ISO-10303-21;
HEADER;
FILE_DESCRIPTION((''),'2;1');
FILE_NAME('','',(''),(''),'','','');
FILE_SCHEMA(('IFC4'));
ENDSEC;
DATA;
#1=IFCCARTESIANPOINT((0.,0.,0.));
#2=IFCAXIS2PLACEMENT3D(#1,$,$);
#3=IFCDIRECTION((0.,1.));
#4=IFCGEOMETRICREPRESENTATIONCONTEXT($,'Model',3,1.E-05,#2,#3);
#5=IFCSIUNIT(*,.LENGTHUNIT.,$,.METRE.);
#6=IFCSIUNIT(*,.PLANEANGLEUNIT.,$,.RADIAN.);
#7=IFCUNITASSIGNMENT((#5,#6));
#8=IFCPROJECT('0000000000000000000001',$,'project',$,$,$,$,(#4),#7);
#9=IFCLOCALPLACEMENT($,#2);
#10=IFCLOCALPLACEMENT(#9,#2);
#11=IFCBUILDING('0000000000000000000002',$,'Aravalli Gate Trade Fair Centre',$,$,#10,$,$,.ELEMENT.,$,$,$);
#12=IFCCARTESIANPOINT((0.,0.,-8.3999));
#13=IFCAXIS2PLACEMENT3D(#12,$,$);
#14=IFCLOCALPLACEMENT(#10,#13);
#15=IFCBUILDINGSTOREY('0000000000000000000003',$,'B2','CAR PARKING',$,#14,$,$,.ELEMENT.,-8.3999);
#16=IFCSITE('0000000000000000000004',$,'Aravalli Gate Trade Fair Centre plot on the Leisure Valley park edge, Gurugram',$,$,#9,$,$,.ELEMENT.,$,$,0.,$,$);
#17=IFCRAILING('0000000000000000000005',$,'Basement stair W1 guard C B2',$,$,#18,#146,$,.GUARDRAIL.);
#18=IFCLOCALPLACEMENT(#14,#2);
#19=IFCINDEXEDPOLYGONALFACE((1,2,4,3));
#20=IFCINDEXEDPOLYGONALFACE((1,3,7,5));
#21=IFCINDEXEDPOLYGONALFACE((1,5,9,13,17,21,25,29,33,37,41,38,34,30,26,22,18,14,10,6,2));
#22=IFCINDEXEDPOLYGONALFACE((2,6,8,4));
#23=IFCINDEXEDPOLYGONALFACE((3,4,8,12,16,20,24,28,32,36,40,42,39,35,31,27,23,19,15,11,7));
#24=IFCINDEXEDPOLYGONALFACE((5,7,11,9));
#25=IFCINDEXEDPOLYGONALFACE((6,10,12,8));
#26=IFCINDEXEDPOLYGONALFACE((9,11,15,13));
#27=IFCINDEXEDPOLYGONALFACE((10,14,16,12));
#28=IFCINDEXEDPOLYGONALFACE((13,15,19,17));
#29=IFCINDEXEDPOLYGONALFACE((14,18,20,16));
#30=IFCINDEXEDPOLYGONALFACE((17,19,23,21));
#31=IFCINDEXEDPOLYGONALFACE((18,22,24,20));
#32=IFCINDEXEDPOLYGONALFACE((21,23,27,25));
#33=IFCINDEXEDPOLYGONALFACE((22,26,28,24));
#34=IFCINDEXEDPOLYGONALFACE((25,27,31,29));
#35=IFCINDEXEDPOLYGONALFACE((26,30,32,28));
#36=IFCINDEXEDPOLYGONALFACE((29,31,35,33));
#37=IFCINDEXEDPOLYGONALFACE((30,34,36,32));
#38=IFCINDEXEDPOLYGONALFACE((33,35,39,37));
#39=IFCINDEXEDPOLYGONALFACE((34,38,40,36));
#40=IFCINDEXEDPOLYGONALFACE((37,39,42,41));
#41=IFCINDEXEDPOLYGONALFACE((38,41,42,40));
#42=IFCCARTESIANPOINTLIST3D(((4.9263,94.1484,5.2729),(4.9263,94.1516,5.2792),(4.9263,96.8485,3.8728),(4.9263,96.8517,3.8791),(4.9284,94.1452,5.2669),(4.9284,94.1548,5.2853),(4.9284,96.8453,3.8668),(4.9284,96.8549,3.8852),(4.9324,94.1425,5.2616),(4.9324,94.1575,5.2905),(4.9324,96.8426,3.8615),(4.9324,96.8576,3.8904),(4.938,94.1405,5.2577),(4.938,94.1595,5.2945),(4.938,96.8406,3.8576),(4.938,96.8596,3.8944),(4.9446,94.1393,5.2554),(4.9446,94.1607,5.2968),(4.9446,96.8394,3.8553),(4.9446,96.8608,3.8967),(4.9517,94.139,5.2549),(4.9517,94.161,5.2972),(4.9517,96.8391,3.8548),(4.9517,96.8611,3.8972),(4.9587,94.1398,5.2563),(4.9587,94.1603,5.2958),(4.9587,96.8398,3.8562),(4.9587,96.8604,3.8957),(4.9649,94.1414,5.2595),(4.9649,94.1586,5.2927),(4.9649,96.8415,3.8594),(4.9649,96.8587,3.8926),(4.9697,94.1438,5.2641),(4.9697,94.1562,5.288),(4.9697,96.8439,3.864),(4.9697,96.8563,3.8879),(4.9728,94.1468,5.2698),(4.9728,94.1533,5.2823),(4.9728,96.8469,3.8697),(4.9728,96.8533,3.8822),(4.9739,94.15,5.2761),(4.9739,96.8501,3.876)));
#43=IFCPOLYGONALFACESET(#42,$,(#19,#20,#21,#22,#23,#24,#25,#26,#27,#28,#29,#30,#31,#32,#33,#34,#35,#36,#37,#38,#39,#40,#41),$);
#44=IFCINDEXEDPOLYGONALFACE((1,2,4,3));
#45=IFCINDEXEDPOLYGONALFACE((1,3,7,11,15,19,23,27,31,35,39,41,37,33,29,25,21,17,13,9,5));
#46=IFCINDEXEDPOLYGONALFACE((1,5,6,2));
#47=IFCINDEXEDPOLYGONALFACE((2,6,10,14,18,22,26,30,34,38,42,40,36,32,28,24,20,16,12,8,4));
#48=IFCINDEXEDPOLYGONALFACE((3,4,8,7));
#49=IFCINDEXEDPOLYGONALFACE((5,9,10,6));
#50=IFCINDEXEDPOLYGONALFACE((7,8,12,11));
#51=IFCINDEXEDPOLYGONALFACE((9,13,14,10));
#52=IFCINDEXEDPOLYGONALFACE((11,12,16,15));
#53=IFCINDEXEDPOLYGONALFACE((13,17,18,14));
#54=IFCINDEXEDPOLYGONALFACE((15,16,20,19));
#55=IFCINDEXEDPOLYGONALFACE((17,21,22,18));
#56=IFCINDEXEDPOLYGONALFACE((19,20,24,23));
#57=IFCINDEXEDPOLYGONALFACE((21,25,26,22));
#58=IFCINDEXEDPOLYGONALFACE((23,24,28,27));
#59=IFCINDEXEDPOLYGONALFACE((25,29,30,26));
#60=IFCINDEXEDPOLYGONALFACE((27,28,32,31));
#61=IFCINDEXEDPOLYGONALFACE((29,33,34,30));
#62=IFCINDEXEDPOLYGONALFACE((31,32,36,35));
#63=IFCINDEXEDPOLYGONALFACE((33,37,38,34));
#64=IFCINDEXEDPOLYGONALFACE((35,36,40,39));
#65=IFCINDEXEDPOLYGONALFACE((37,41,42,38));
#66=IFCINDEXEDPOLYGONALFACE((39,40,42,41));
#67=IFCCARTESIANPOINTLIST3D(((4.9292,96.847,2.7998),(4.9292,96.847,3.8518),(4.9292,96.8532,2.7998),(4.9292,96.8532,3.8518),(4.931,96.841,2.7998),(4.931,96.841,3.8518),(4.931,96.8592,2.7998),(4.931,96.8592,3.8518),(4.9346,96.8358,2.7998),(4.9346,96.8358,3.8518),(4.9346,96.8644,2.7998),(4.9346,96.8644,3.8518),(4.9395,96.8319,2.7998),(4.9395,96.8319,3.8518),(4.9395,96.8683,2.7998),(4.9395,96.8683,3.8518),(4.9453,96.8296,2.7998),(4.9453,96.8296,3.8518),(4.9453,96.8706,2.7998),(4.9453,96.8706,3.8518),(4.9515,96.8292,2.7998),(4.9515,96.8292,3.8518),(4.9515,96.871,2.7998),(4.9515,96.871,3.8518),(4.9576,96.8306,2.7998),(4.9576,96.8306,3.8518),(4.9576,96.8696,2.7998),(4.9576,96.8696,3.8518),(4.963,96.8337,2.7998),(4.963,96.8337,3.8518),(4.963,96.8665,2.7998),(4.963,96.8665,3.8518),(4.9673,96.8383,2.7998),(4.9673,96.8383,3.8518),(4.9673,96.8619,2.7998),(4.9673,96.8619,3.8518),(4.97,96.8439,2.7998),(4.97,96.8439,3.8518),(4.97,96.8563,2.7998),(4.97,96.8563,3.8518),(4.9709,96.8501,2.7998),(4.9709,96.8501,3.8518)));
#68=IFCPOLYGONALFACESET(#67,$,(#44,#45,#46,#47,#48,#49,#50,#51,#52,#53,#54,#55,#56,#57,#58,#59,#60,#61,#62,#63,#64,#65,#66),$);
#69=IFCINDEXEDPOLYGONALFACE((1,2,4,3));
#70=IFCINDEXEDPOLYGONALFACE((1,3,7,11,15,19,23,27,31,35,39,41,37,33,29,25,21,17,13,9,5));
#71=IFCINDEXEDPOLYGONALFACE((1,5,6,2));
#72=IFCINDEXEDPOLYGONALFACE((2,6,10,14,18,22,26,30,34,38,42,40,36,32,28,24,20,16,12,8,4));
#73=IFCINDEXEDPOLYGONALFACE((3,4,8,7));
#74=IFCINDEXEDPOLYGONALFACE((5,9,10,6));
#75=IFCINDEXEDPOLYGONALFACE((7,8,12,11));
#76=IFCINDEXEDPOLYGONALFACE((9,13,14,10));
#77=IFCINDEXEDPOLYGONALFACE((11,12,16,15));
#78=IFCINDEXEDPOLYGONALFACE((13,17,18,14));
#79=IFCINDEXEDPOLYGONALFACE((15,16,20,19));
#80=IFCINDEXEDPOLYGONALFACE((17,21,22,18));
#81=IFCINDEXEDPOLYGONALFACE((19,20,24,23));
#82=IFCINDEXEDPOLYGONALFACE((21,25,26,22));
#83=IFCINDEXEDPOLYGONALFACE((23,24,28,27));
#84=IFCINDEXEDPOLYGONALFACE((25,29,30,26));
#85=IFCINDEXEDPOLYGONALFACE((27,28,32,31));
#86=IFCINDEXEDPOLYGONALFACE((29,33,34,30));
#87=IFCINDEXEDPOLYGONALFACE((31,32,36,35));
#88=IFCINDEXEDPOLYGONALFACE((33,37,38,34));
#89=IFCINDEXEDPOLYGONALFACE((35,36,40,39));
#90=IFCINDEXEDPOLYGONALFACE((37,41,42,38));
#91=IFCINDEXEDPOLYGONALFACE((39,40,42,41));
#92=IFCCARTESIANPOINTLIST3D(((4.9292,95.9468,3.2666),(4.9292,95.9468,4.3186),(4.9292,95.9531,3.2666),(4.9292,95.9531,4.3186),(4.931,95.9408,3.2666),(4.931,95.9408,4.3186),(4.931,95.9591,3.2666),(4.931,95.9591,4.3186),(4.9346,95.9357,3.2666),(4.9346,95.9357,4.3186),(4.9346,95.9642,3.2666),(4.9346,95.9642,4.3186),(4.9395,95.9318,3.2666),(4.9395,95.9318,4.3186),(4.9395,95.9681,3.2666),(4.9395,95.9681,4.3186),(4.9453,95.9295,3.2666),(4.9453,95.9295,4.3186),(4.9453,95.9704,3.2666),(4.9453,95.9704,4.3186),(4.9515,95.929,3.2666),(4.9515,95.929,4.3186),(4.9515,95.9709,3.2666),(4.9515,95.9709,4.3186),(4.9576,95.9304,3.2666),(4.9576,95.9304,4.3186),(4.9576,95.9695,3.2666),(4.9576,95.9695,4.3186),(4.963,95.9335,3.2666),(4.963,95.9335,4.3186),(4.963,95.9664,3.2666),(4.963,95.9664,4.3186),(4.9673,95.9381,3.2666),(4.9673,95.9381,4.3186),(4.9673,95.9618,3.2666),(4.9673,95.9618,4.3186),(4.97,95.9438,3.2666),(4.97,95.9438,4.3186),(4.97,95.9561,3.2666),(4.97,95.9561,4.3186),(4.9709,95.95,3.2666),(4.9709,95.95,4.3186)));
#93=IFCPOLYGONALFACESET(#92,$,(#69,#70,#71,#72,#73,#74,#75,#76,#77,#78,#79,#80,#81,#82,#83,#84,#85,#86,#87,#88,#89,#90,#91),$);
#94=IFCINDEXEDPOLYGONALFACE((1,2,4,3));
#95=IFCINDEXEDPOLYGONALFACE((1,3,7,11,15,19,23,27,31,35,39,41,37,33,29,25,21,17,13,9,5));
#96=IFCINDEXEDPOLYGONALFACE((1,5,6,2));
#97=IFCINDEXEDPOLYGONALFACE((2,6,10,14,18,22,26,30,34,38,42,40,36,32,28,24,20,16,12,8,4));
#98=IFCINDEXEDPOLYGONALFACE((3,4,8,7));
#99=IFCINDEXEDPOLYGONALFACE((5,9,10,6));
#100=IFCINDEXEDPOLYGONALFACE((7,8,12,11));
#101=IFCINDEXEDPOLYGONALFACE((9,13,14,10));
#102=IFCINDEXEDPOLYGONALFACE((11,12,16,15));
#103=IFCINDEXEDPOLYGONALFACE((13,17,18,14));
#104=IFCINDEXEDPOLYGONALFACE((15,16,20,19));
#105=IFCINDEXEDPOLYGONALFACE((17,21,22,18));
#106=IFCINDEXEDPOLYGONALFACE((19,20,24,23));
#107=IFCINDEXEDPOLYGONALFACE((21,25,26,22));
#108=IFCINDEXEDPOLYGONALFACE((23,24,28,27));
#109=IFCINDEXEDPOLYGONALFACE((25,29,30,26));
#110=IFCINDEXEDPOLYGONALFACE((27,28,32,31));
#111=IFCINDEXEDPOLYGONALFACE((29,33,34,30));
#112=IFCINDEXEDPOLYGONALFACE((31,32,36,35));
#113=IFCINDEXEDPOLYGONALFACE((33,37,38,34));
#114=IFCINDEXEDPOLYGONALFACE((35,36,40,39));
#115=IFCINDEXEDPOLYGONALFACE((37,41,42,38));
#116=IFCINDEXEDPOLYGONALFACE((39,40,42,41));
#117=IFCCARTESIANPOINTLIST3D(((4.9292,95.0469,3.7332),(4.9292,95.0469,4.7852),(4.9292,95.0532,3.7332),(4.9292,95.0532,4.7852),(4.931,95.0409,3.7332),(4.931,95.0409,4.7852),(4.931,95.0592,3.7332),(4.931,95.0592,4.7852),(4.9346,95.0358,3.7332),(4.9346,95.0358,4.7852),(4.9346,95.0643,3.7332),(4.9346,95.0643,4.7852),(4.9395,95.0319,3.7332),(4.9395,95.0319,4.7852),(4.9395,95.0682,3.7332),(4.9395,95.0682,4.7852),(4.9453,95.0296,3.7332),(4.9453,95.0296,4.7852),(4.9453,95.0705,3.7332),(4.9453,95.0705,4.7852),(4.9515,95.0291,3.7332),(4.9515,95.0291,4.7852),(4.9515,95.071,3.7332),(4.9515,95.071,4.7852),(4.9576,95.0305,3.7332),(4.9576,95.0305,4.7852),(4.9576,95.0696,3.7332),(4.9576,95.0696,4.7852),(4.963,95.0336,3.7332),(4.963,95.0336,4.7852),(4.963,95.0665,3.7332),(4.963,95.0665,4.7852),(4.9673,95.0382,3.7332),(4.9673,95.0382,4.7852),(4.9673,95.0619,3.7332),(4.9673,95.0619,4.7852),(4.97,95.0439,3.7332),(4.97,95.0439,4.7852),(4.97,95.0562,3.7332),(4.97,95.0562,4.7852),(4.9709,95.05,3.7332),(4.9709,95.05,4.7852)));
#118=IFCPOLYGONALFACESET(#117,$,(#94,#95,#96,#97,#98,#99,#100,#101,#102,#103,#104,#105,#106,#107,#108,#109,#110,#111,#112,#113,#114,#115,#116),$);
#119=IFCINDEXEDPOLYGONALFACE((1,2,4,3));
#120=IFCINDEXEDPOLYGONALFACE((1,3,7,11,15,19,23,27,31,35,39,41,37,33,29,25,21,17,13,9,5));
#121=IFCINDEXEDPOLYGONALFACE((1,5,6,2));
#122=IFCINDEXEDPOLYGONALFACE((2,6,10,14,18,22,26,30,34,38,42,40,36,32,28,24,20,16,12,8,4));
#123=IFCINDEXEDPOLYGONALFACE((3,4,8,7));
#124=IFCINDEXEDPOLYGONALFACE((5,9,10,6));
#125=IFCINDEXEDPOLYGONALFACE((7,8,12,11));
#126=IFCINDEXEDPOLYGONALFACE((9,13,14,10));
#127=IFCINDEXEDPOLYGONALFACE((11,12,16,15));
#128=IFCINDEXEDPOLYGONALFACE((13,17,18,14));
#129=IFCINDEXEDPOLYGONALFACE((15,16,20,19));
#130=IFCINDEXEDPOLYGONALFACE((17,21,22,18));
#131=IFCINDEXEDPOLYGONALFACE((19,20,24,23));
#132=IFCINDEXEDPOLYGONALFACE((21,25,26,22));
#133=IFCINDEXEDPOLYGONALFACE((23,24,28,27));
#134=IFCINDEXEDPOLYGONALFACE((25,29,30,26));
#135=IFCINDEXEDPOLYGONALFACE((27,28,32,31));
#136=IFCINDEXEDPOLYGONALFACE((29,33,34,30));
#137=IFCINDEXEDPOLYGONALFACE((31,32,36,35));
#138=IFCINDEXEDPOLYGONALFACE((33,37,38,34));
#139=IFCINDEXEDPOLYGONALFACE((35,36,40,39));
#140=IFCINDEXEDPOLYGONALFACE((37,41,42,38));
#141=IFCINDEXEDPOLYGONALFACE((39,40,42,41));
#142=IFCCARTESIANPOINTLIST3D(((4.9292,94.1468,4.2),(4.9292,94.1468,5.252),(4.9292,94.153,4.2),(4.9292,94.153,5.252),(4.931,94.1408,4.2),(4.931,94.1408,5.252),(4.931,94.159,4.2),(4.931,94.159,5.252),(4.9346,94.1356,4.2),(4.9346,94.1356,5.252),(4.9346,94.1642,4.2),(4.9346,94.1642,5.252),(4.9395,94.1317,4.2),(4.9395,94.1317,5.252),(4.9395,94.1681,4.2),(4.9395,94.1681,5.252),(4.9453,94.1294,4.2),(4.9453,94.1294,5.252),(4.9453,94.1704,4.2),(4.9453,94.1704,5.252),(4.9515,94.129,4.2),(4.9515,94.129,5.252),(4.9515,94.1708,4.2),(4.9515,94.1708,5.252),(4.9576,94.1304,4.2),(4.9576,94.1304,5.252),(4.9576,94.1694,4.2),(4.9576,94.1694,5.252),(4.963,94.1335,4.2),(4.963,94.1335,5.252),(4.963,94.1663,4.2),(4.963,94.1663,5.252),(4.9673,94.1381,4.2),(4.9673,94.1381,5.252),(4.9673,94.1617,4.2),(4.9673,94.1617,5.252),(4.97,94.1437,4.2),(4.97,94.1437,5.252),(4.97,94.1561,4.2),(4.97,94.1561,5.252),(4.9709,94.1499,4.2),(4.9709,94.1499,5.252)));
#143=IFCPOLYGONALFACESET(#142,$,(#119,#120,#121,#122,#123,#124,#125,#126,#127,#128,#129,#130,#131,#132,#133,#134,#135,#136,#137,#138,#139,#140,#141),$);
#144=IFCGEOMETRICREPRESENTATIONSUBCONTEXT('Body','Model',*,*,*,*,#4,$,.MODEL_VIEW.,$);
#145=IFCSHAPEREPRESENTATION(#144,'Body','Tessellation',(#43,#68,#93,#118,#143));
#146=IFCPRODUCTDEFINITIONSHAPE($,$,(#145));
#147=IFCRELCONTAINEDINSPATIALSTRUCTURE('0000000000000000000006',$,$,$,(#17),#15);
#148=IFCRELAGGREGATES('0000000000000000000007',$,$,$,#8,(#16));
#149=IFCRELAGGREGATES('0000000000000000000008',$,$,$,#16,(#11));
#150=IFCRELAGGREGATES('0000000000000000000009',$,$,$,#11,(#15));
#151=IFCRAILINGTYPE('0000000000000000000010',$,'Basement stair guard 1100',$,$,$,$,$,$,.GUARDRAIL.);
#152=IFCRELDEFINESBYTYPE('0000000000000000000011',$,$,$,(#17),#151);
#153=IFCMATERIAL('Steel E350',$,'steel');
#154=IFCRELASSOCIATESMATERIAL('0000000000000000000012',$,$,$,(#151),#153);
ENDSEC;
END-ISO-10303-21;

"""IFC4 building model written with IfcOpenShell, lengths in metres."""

from ifc_helpers import new_model, si_unit, direction, frame, origin, origin_2d, place, context, subcontext, project, spatial, circle, extrude, material, type_object, element, save


model = new_model("IFC4")

# Units and contexts
model_context = context("Model", 3, precision=1e-05, world=origin(), true_north=direction((0.0, 1.0)))
body_context = subcontext(model_context, "Body", "Model", "MODEL_VIEW")
ifc_project = project(units=[si_unit("LENGTHUNIT", "METRE"), si_unit("PLANEANGLEUNIT", "RADIAN")], contexts=[model_context])

# Site, building, storey
site_placement = place(None, origin())
site = spatial("IfcSite", under=ifc_project, at=site_placement, Name="Aravalli Gate Trade Fair Centre plot on the Leisure Valley park edge, Gurugram", CompositionType="ELEMENT", RefElevation=0.0)
building_placement = place(site_placement, origin())
building = spatial("IfcBuilding", under=site, at=building_placement, Name="Aravalli Gate Trade Fair Centre", CompositionType="ELEMENT")
storey_placement = place(building_placement, frame((0.0, 0.0, -8.3999)))
storey = spatial("IfcBuildingStorey", under=building, at=storey_placement, Name="B2", Description="CAR PARKING", CompositionType="ELEMENT", Elevation=-8.3999)

# Railing
ifc_material_1 = material(Name="Steel E350", Category="steel")
railing_type_1 = type_object("IfcRailingType", Name="Basement stair guard 1100", PredefinedType="GUARDRAIL", material=ifc_material_1)
railing_1_placement = place(storey_placement, frame((4.95, 96.8501, 2.7998)))
element("IfcRailing", 1, at=railing_1_placement, inside=storey, type_object=railing_type_1, Name="Basement stair W1 guard C B2", PredefinedType="GUARDRAIL", context=body_context, shape_type="SweptSolid", body=[
    extrude(circle(Radius=0.0239, at=origin_2d()), frame((0.0, 0.0, 1.0762), z_axis=(0.0, -0.887748, 0.460329), x_axis=(1.0, 0.0, 0.0)), (0.0, 0.0, 1.0), 3.0415),
    extrude(circle(Radius=0.021, at=origin_2d()), origin(), (0.0, 0.0, 1.0), 1.052),
    extrude(circle(Radius=0.021, at=origin_2d()), frame((0.0, -0.9001, 0.4668)), (0.0, 0.0, 1.0), 1.052),
    extrude(circle(Radius=0.021, at=origin_2d()), frame((0.0, -1.8, 0.9333)), (0.0, 0.0, 1.0), 1.052),
    extrude(circle(Radius=0.021, at=origin_2d()), frame((0.0, -2.7002, 1.4001)), (0.0, 0.0, 1.0), 1.052),
])

save(model, "model.ifc")
